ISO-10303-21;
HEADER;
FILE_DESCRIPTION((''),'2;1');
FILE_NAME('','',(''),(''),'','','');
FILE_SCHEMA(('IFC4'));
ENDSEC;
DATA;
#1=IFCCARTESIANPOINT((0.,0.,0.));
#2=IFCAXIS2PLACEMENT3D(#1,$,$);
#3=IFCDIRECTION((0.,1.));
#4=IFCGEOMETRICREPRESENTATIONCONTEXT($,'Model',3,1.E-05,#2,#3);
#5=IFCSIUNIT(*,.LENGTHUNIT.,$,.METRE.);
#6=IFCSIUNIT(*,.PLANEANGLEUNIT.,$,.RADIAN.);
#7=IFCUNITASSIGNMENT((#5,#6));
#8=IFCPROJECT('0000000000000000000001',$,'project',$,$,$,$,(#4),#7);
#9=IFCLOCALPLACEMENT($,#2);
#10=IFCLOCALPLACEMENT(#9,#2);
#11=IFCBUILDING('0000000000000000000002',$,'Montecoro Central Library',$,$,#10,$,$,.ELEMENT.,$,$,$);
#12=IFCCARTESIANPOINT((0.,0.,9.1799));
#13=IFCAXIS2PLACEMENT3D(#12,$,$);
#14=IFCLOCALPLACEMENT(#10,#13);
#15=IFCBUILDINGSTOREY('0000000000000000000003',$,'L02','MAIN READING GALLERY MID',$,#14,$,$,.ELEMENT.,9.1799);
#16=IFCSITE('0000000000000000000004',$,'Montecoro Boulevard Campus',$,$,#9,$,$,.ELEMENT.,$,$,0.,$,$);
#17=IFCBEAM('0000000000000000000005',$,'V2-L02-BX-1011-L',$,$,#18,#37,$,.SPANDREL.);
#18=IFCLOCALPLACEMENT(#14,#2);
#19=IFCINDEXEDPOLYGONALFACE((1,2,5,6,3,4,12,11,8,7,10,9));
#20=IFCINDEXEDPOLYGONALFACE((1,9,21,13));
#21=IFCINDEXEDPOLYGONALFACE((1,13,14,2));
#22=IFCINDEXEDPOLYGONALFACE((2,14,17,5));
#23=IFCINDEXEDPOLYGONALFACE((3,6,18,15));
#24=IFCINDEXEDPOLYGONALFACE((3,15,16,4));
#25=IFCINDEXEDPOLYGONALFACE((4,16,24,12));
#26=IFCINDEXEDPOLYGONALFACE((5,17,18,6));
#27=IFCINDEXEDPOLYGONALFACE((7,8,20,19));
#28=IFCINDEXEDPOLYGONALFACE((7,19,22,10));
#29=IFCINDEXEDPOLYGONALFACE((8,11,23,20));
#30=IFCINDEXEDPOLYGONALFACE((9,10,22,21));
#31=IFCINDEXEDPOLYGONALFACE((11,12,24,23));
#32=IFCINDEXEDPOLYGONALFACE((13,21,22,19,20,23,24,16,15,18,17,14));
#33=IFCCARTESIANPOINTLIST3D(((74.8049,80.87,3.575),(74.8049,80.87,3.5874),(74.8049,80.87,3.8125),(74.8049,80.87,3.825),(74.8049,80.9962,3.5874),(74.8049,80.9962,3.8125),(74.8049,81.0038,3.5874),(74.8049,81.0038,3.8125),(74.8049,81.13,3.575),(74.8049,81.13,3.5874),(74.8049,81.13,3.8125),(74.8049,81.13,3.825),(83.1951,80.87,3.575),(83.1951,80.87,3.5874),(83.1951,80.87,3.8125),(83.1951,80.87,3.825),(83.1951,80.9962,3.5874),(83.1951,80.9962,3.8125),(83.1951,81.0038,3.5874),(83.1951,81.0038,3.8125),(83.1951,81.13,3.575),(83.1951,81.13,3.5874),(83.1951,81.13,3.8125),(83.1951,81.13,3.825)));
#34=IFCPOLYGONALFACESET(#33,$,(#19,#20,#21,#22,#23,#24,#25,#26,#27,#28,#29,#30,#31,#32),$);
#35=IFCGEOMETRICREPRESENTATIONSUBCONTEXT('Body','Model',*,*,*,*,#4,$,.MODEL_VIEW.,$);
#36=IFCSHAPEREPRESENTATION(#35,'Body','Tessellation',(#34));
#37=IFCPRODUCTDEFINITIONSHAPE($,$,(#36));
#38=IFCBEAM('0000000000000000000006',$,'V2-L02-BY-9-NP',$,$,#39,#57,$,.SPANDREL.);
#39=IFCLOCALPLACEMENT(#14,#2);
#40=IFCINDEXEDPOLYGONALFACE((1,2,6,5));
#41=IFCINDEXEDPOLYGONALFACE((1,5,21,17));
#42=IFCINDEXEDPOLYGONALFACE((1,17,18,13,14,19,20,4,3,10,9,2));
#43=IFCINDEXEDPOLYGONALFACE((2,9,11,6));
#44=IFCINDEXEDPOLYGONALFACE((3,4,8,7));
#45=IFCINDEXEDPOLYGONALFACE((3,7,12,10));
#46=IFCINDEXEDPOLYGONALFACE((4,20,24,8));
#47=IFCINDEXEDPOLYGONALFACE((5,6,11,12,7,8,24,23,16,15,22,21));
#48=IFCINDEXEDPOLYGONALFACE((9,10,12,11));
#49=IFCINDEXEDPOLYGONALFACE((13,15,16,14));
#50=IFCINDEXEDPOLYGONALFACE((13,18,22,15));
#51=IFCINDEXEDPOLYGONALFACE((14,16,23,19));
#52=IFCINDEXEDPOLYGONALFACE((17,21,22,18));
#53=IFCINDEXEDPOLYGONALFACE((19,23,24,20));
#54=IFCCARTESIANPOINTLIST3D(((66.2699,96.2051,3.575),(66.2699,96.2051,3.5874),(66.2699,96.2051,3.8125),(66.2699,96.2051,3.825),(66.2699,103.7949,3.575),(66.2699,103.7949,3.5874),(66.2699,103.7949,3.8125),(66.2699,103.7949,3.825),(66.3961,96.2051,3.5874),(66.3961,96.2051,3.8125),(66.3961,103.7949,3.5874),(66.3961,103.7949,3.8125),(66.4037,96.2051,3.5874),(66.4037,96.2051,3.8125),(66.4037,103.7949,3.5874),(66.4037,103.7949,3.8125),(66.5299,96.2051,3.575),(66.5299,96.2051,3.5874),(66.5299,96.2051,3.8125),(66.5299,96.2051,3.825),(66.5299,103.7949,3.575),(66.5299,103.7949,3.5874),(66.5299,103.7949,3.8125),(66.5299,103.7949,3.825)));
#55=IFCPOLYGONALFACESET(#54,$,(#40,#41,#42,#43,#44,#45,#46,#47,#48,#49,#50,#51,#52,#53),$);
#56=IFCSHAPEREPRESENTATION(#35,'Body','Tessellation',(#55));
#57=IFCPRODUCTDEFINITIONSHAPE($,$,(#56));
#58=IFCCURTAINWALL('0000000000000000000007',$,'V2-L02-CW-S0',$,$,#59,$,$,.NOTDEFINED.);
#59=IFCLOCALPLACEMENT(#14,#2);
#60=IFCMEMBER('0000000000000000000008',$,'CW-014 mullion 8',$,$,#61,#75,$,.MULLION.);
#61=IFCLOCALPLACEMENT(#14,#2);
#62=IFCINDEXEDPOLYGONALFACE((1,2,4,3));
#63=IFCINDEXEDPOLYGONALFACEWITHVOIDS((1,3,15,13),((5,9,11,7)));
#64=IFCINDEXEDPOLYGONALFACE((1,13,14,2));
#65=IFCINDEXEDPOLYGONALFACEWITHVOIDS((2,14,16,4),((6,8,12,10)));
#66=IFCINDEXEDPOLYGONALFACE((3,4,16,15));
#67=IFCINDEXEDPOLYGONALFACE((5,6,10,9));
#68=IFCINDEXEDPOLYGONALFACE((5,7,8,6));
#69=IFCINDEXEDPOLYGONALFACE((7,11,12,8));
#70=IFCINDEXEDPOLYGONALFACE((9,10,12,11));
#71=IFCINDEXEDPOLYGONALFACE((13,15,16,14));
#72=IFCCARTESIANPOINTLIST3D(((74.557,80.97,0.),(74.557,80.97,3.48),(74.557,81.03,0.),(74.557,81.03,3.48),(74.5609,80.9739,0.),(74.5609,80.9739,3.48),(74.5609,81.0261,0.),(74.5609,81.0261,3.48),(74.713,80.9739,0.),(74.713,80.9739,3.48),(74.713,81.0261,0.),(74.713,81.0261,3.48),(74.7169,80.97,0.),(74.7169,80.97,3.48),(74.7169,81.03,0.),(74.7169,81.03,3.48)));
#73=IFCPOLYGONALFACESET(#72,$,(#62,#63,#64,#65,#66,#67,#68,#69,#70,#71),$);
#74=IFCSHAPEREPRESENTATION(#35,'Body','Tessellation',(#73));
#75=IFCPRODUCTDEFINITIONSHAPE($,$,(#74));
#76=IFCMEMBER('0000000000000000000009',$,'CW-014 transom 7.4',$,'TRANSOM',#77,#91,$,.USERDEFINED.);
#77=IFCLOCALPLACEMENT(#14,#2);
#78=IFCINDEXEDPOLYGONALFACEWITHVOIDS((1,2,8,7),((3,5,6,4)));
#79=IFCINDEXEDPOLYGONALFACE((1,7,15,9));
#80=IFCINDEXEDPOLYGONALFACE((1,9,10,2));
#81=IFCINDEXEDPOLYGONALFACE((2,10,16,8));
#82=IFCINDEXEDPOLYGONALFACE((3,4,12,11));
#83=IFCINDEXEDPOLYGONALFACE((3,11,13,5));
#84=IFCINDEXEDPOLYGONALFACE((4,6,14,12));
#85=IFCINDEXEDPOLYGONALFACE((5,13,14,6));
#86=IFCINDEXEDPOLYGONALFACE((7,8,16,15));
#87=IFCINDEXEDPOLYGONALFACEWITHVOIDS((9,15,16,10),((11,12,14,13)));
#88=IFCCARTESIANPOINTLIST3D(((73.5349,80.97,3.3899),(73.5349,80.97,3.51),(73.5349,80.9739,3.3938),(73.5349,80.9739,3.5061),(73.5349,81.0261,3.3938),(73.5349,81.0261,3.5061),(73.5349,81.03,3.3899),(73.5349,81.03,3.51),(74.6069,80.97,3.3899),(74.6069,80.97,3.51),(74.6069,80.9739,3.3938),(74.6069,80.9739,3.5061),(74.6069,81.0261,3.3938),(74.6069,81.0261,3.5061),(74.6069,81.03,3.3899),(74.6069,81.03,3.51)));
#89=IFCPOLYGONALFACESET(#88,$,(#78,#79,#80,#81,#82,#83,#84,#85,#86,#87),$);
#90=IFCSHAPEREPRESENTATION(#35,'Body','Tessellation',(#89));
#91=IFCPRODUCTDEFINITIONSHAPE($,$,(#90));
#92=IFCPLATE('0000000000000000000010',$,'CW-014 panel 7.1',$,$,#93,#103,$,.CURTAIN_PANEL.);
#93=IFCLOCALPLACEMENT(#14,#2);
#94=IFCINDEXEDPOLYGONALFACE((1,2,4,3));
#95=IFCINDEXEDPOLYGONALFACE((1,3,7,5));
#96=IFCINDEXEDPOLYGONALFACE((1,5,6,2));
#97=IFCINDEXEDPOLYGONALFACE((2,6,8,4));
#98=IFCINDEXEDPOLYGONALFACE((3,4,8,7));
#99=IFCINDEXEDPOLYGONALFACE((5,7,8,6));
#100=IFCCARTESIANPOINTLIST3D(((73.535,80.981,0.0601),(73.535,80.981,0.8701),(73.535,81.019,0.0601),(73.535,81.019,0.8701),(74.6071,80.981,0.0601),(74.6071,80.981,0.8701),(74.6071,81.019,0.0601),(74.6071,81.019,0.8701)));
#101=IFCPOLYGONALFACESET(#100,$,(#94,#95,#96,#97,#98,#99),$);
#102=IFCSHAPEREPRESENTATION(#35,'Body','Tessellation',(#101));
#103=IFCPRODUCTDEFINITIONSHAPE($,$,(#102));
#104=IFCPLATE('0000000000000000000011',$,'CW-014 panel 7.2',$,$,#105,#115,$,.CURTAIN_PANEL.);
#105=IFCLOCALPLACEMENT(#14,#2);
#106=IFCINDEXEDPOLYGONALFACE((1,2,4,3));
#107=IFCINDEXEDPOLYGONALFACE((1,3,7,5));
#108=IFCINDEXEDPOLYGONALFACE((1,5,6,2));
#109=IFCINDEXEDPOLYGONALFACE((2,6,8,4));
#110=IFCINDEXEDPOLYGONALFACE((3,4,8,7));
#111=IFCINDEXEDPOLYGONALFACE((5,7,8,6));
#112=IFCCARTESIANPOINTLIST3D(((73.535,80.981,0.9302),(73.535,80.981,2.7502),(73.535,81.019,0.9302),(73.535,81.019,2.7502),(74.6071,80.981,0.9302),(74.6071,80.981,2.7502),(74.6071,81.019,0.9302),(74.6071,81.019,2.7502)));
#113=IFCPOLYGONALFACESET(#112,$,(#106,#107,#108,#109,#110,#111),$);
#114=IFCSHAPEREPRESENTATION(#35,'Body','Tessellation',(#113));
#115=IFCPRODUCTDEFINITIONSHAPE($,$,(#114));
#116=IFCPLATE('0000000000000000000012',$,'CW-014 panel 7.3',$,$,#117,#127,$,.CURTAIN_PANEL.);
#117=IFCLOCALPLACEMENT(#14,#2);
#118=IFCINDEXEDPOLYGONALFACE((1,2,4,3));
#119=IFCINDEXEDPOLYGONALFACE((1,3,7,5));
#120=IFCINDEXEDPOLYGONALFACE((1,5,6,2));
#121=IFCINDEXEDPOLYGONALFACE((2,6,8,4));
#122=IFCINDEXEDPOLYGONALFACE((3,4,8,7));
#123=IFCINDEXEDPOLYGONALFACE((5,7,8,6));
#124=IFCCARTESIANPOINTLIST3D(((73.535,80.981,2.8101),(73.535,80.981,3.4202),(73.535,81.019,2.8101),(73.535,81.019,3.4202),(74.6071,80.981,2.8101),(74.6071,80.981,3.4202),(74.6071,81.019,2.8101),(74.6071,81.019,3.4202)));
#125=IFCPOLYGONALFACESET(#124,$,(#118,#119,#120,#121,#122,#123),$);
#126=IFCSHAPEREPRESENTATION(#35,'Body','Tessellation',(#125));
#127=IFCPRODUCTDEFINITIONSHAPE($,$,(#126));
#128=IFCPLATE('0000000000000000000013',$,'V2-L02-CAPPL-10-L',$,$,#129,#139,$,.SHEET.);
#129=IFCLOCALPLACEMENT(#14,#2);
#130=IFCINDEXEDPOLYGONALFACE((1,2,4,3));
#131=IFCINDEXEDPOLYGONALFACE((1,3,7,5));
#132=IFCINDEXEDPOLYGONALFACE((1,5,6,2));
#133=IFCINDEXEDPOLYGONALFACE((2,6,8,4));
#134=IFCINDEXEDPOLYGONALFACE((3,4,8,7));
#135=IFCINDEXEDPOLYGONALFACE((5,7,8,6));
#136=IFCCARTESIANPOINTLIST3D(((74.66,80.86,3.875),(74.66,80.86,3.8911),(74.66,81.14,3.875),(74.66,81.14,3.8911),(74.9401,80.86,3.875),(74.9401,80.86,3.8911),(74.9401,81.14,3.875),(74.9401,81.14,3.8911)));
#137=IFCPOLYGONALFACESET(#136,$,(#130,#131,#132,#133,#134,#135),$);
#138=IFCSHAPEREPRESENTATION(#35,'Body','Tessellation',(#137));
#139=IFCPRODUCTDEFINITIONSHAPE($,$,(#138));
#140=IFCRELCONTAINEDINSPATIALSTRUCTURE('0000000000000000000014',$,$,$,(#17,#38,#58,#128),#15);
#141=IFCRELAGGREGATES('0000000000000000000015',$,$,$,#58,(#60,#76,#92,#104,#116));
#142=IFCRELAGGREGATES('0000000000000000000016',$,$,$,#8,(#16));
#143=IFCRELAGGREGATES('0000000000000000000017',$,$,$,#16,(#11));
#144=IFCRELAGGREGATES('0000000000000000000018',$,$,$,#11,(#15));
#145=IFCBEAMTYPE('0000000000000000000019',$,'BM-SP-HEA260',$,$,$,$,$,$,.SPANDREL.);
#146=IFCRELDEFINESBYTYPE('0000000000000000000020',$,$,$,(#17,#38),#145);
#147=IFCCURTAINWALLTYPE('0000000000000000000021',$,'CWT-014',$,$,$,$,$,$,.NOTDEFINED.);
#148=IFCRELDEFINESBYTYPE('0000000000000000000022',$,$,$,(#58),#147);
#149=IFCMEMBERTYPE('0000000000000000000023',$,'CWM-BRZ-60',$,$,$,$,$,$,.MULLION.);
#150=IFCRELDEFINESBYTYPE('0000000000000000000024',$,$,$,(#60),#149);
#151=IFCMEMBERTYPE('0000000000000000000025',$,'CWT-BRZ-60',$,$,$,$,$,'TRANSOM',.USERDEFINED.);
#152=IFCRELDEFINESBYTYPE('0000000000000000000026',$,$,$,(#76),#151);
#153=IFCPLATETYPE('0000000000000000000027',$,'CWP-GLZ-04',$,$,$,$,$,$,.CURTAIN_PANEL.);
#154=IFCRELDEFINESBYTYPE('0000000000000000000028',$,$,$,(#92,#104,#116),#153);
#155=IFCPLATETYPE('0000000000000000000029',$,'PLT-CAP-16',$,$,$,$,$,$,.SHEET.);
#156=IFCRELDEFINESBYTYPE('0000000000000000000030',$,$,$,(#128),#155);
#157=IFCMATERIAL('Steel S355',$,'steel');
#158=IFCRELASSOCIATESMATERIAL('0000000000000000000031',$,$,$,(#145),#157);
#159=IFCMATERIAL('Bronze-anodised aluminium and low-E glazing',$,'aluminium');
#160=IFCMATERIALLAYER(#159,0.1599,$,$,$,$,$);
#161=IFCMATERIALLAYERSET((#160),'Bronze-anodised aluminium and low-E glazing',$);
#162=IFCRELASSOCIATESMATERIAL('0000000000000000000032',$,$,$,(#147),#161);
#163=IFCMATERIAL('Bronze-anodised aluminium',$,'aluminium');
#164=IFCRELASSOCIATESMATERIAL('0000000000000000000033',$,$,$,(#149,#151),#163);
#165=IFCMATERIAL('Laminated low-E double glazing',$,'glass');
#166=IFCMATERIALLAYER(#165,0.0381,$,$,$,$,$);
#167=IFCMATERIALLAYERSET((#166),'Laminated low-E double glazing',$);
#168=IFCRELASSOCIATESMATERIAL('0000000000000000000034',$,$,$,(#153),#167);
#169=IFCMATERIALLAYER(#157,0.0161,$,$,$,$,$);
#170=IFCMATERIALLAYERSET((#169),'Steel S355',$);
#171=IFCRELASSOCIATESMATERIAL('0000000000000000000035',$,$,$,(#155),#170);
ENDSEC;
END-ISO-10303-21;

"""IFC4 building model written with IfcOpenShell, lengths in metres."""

from ifc_helpers import new_model, si_unit, direction, frame, origin, origin_2d, place, context, subcontext, project, spatial, rectangle, hollow_rectangle, i_section, extrude, material, layer, layer_set, material_profile, profile_set, type_object, element, aggregate, save


model = new_model("IFC4")

# Units and contexts
model_context = context("Model", 3, precision=1e-05, world=origin(), true_north=direction((0.0, 1.0)))
body_context = subcontext(model_context, "Body", "Model", "MODEL_VIEW")
ifc_project = project(units=[si_unit("LENGTHUNIT", "METRE"), si_unit("PLANEANGLEUNIT", "RADIAN")], contexts=[model_context])

# Site, building, storey
site_placement = place(None, origin())
site = spatial("IfcSite", under=ifc_project, at=site_placement, Name="Montecoro Boulevard Campus", CompositionType="ELEMENT", RefElevation=0.0)
building_placement = place(site_placement, origin())
building = spatial("IfcBuilding", under=site, at=building_placement, Name="Montecoro Central Library", CompositionType="ELEMENT")
storey_placement = place(building_placement, frame((0.0, 0.0, 9.1799)))
storey = spatial("IfcBuildingStorey", under=building, at=storey_placement, Name="L02", Description="MAIN READING GALLERY MID", CompositionType="ELEMENT", Elevation=9.1799)

# Shared definitions
ifc_material_1 = material(Name="Steel S355", Category="steel")

# Beams
ifc_material_profile_1 = material_profile(ifc_material_1, i_section(OverallWidth=0.26, OverallDepth=0.25, WebThickness=0.0076, FlangeThickness=0.0125, at=origin_2d()), Name="HEA 260")
ifc_profile_set_1 = profile_set([ifc_material_profile_1], Name="Steel S355")
beam_type_1 = type_object("IfcBeamType", Name="BM-SP-HEA260", PredefinedType="SPANDREL", material=ifc_profile_set_1)
beam_1_placement = place(storey_placement, frame((74.8049, 81.0, 3.7), z_axis=(1.0, 0.0, 0.0), x_axis=(0.0, 1.0, 0.0)))
element("IfcBeam", 1, at=beam_1_placement, inside=storey, type_object=beam_type_1, Name="V2-L02-BX-1011-L", PredefinedType="SPANDREL", context=body_context, shape_type="SweptSolid", body=[
    extrude(i_section(OverallWidth=0.26, OverallDepth=0.25, WebThickness=0.0076, FlangeThickness=0.0125, at=origin_2d()), origin(), (0.0, 0.0, 1.0), 8.3901),
])
beam_2_placement = place(storey_placement, frame((66.3999, 96.2051, 3.7), z_axis=(0.0, 1.0, 0.0), x_axis=(-1.0, 0.0, 0.0)))
element("IfcBeam", 2, at=beam_2_placement, inside=storey, type_object=beam_type_1, Name="V2-L02-BY-9-NP", PredefinedType="SPANDREL", context=body_context, shape_type="SweptSolid", body=[
    extrude(i_section(OverallWidth=0.26, OverallDepth=0.25, WebThickness=0.0076, FlangeThickness=0.0125, at=origin_2d()), origin(), (0.0, 0.0, 1.0), 7.5898),
])

# Curtain wall, members, plates
ifc_material_2 = material(Name="Bronze-anodised aluminium and low-E glazing", Category="aluminium")
ifc_layer_1 = layer(ifc_material_2, 0.1599)
ifc_layer_set_1 = layer_set([ifc_layer_1], Name="Bronze-anodised aluminium and low-E glazing")
curtain_wall_type = type_object("IfcCurtainWallType", Name="CWT-014", PredefinedType="NOTDEFINED", material=ifc_layer_set_1)
curtain_wall_placement = place(storey_placement, origin())
curtain_wall = element("IfcCurtainWall", 3, at=curtain_wall_placement, inside=storey, type_object=curtain_wall_type, Name="V2-L02-CW-S0", PredefinedType="NOTDEFINED")
ifc_material_3 = material(Name="Bronze-anodised aluminium", Category="aluminium")
ifc_material_profile_2 = material_profile(ifc_material_3, hollow_rectangle(XDim=0.0601, YDim=0.1599, WallThickness=0.0039, at=origin_2d()), Name="CWM 160x60x4.0")
ifc_profile_set_2 = profile_set([ifc_material_profile_2], Name="Bronze-anodised aluminium")
member_type_1 = type_object("IfcMemberType", Name="CWM-BRZ-60", PredefinedType="MULLION", material=ifc_profile_set_2)
member_1_placement = place(storey_placement, frame((74.637, 81.0, 0.0), z_axis=(0.0, 0.0, 1.0), x_axis=(0.0, 1.0, 0.0)))
member_1 = element("IfcMember", 4, at=member_1_placement, type_object=member_type_1, Name="CW-014 mullion 8", PredefinedType="MULLION", context=body_context, shape_type="SweptSolid", body=[
    extrude(hollow_rectangle(XDim=0.0601, YDim=0.1599, WallThickness=0.0039, at=origin_2d()), origin(), (0.0, 0.0, 1.0), 3.48),
])
ifc_material_profile_3 = material_profile(ifc_material_3, hollow_rectangle(XDim=0.0601, YDim=0.1201, WallThickness=0.0039, at=origin_2d()), Name="CWT 120x60x4.0")
ifc_profile_set_3 = profile_set([ifc_material_profile_3], Name="Bronze-anodised aluminium")
member_type_2 = type_object("IfcMemberType", Name="CWT-BRZ-60", ElementType="TRANSOM", PredefinedType="USERDEFINED", material=ifc_profile_set_3)
member_2_placement = place(storey_placement, frame((73.5349, 81.0, 3.45), z_axis=(1.0, 0.0, 0.0), x_axis=(0.0, 1.0, 0.0)))
member_2 = element("IfcMember", 5, at=member_2_placement, type_object=member_type_2, Name="CW-014 transom 7.4", ObjectType="TRANSOM", PredefinedType="USERDEFINED", context=body_context, shape_type="SweptSolid", body=[
    extrude(hollow_rectangle(XDim=0.0601, YDim=0.1201, WallThickness=0.0039, at=origin_2d()), origin(), (0.0, 0.0, 1.0), 1.072),
])
ifc_material_4 = material(Name="Laminated low-E double glazing", Category="glass")
ifc_layer_2 = layer(ifc_material_4, 0.0381)
ifc_layer_set_2 = layer_set([ifc_layer_2], Name="Laminated low-E double glazing")
plate_type_1 = type_object("IfcPlateType", Name="CWP-GLZ-04", PredefinedType="CURTAIN_PANEL", material=ifc_layer_set_2)
plate_1_placement = place(storey_placement, frame((74.071, 81.0, 0.0601), z_axis=(0.0, 0.0, 1.0), x_axis=(1.0, 0.0, 0.0)))
plate_1 = element("IfcPlate", 6, at=plate_1_placement, type_object=plate_type_1, Name="CW-014 panel 7.1", PredefinedType="CURTAIN_PANEL", context=body_context, shape_type="SweptSolid", body=[
    extrude(rectangle(XDim=1.072, YDim=0.0381, at=origin_2d()), origin(), (0.0, 0.0, 1.0), 0.8101),
])
plate_2_placement = place(storey_placement, frame((74.071, 81.0, 0.9302), z_axis=(0.0, 0.0, 1.0), x_axis=(1.0, 0.0, 0.0)))
plate_2 = element("IfcPlate", 7, at=plate_2_placement, type_object=plate_type_1, Name="CW-014 panel 7.2", PredefinedType="CURTAIN_PANEL", context=body_context, shape_type="SweptSolid", body=[
    extrude(rectangle(XDim=1.072, YDim=0.0381, at=origin_2d()), origin(), (0.0, 0.0, 1.0), 1.8201),
])
plate_3_placement = place(storey_placement, frame((74.071, 81.0, 2.8101), z_axis=(0.0, 0.0, 1.0), x_axis=(1.0, 0.0, 0.0)))
plate_3 = element("IfcPlate", 8, at=plate_3_placement, type_object=plate_type_1, Name="CW-014 panel 7.3", PredefinedType="CURTAIN_PANEL", context=body_context, shape_type="SweptSolid", body=[
    extrude(rectangle(XDim=1.072, YDim=0.0381, at=origin_2d()), origin(), (0.0, 0.0, 1.0), 0.6101),
])
aggregate(curtain_wall, [member_1, member_2, plate_1, plate_2, plate_3])

# Plate
ifc_layer_3 = layer(ifc_material_1, 0.0161)
ifc_layer_set_3 = layer_set([ifc_layer_3], Name="Steel S355")
plate_type_2 = type_object("IfcPlateType", Name="PLT-CAP-16", PredefinedType="SHEET", material=ifc_layer_set_3)
plate_4_placement = place(storey_placement, frame((74.8, 81.0, 3.875), z_axis=(0.0, 0.0, 1.0), x_axis=(1.0, 0.0, 0.0)))
element("IfcPlate", 9, at=plate_4_placement, inside=storey, type_object=plate_type_2, Name="V2-L02-CAPPL-10-L", PredefinedType="SHEET", context=body_context, shape_type="SweptSolid", body=[
    extrude(rectangle(XDim=0.28, YDim=0.28, at=origin_2d()), origin(), (0.0, 0.0, 1.0), 0.0161),
])

save(model, "model.ifc")
